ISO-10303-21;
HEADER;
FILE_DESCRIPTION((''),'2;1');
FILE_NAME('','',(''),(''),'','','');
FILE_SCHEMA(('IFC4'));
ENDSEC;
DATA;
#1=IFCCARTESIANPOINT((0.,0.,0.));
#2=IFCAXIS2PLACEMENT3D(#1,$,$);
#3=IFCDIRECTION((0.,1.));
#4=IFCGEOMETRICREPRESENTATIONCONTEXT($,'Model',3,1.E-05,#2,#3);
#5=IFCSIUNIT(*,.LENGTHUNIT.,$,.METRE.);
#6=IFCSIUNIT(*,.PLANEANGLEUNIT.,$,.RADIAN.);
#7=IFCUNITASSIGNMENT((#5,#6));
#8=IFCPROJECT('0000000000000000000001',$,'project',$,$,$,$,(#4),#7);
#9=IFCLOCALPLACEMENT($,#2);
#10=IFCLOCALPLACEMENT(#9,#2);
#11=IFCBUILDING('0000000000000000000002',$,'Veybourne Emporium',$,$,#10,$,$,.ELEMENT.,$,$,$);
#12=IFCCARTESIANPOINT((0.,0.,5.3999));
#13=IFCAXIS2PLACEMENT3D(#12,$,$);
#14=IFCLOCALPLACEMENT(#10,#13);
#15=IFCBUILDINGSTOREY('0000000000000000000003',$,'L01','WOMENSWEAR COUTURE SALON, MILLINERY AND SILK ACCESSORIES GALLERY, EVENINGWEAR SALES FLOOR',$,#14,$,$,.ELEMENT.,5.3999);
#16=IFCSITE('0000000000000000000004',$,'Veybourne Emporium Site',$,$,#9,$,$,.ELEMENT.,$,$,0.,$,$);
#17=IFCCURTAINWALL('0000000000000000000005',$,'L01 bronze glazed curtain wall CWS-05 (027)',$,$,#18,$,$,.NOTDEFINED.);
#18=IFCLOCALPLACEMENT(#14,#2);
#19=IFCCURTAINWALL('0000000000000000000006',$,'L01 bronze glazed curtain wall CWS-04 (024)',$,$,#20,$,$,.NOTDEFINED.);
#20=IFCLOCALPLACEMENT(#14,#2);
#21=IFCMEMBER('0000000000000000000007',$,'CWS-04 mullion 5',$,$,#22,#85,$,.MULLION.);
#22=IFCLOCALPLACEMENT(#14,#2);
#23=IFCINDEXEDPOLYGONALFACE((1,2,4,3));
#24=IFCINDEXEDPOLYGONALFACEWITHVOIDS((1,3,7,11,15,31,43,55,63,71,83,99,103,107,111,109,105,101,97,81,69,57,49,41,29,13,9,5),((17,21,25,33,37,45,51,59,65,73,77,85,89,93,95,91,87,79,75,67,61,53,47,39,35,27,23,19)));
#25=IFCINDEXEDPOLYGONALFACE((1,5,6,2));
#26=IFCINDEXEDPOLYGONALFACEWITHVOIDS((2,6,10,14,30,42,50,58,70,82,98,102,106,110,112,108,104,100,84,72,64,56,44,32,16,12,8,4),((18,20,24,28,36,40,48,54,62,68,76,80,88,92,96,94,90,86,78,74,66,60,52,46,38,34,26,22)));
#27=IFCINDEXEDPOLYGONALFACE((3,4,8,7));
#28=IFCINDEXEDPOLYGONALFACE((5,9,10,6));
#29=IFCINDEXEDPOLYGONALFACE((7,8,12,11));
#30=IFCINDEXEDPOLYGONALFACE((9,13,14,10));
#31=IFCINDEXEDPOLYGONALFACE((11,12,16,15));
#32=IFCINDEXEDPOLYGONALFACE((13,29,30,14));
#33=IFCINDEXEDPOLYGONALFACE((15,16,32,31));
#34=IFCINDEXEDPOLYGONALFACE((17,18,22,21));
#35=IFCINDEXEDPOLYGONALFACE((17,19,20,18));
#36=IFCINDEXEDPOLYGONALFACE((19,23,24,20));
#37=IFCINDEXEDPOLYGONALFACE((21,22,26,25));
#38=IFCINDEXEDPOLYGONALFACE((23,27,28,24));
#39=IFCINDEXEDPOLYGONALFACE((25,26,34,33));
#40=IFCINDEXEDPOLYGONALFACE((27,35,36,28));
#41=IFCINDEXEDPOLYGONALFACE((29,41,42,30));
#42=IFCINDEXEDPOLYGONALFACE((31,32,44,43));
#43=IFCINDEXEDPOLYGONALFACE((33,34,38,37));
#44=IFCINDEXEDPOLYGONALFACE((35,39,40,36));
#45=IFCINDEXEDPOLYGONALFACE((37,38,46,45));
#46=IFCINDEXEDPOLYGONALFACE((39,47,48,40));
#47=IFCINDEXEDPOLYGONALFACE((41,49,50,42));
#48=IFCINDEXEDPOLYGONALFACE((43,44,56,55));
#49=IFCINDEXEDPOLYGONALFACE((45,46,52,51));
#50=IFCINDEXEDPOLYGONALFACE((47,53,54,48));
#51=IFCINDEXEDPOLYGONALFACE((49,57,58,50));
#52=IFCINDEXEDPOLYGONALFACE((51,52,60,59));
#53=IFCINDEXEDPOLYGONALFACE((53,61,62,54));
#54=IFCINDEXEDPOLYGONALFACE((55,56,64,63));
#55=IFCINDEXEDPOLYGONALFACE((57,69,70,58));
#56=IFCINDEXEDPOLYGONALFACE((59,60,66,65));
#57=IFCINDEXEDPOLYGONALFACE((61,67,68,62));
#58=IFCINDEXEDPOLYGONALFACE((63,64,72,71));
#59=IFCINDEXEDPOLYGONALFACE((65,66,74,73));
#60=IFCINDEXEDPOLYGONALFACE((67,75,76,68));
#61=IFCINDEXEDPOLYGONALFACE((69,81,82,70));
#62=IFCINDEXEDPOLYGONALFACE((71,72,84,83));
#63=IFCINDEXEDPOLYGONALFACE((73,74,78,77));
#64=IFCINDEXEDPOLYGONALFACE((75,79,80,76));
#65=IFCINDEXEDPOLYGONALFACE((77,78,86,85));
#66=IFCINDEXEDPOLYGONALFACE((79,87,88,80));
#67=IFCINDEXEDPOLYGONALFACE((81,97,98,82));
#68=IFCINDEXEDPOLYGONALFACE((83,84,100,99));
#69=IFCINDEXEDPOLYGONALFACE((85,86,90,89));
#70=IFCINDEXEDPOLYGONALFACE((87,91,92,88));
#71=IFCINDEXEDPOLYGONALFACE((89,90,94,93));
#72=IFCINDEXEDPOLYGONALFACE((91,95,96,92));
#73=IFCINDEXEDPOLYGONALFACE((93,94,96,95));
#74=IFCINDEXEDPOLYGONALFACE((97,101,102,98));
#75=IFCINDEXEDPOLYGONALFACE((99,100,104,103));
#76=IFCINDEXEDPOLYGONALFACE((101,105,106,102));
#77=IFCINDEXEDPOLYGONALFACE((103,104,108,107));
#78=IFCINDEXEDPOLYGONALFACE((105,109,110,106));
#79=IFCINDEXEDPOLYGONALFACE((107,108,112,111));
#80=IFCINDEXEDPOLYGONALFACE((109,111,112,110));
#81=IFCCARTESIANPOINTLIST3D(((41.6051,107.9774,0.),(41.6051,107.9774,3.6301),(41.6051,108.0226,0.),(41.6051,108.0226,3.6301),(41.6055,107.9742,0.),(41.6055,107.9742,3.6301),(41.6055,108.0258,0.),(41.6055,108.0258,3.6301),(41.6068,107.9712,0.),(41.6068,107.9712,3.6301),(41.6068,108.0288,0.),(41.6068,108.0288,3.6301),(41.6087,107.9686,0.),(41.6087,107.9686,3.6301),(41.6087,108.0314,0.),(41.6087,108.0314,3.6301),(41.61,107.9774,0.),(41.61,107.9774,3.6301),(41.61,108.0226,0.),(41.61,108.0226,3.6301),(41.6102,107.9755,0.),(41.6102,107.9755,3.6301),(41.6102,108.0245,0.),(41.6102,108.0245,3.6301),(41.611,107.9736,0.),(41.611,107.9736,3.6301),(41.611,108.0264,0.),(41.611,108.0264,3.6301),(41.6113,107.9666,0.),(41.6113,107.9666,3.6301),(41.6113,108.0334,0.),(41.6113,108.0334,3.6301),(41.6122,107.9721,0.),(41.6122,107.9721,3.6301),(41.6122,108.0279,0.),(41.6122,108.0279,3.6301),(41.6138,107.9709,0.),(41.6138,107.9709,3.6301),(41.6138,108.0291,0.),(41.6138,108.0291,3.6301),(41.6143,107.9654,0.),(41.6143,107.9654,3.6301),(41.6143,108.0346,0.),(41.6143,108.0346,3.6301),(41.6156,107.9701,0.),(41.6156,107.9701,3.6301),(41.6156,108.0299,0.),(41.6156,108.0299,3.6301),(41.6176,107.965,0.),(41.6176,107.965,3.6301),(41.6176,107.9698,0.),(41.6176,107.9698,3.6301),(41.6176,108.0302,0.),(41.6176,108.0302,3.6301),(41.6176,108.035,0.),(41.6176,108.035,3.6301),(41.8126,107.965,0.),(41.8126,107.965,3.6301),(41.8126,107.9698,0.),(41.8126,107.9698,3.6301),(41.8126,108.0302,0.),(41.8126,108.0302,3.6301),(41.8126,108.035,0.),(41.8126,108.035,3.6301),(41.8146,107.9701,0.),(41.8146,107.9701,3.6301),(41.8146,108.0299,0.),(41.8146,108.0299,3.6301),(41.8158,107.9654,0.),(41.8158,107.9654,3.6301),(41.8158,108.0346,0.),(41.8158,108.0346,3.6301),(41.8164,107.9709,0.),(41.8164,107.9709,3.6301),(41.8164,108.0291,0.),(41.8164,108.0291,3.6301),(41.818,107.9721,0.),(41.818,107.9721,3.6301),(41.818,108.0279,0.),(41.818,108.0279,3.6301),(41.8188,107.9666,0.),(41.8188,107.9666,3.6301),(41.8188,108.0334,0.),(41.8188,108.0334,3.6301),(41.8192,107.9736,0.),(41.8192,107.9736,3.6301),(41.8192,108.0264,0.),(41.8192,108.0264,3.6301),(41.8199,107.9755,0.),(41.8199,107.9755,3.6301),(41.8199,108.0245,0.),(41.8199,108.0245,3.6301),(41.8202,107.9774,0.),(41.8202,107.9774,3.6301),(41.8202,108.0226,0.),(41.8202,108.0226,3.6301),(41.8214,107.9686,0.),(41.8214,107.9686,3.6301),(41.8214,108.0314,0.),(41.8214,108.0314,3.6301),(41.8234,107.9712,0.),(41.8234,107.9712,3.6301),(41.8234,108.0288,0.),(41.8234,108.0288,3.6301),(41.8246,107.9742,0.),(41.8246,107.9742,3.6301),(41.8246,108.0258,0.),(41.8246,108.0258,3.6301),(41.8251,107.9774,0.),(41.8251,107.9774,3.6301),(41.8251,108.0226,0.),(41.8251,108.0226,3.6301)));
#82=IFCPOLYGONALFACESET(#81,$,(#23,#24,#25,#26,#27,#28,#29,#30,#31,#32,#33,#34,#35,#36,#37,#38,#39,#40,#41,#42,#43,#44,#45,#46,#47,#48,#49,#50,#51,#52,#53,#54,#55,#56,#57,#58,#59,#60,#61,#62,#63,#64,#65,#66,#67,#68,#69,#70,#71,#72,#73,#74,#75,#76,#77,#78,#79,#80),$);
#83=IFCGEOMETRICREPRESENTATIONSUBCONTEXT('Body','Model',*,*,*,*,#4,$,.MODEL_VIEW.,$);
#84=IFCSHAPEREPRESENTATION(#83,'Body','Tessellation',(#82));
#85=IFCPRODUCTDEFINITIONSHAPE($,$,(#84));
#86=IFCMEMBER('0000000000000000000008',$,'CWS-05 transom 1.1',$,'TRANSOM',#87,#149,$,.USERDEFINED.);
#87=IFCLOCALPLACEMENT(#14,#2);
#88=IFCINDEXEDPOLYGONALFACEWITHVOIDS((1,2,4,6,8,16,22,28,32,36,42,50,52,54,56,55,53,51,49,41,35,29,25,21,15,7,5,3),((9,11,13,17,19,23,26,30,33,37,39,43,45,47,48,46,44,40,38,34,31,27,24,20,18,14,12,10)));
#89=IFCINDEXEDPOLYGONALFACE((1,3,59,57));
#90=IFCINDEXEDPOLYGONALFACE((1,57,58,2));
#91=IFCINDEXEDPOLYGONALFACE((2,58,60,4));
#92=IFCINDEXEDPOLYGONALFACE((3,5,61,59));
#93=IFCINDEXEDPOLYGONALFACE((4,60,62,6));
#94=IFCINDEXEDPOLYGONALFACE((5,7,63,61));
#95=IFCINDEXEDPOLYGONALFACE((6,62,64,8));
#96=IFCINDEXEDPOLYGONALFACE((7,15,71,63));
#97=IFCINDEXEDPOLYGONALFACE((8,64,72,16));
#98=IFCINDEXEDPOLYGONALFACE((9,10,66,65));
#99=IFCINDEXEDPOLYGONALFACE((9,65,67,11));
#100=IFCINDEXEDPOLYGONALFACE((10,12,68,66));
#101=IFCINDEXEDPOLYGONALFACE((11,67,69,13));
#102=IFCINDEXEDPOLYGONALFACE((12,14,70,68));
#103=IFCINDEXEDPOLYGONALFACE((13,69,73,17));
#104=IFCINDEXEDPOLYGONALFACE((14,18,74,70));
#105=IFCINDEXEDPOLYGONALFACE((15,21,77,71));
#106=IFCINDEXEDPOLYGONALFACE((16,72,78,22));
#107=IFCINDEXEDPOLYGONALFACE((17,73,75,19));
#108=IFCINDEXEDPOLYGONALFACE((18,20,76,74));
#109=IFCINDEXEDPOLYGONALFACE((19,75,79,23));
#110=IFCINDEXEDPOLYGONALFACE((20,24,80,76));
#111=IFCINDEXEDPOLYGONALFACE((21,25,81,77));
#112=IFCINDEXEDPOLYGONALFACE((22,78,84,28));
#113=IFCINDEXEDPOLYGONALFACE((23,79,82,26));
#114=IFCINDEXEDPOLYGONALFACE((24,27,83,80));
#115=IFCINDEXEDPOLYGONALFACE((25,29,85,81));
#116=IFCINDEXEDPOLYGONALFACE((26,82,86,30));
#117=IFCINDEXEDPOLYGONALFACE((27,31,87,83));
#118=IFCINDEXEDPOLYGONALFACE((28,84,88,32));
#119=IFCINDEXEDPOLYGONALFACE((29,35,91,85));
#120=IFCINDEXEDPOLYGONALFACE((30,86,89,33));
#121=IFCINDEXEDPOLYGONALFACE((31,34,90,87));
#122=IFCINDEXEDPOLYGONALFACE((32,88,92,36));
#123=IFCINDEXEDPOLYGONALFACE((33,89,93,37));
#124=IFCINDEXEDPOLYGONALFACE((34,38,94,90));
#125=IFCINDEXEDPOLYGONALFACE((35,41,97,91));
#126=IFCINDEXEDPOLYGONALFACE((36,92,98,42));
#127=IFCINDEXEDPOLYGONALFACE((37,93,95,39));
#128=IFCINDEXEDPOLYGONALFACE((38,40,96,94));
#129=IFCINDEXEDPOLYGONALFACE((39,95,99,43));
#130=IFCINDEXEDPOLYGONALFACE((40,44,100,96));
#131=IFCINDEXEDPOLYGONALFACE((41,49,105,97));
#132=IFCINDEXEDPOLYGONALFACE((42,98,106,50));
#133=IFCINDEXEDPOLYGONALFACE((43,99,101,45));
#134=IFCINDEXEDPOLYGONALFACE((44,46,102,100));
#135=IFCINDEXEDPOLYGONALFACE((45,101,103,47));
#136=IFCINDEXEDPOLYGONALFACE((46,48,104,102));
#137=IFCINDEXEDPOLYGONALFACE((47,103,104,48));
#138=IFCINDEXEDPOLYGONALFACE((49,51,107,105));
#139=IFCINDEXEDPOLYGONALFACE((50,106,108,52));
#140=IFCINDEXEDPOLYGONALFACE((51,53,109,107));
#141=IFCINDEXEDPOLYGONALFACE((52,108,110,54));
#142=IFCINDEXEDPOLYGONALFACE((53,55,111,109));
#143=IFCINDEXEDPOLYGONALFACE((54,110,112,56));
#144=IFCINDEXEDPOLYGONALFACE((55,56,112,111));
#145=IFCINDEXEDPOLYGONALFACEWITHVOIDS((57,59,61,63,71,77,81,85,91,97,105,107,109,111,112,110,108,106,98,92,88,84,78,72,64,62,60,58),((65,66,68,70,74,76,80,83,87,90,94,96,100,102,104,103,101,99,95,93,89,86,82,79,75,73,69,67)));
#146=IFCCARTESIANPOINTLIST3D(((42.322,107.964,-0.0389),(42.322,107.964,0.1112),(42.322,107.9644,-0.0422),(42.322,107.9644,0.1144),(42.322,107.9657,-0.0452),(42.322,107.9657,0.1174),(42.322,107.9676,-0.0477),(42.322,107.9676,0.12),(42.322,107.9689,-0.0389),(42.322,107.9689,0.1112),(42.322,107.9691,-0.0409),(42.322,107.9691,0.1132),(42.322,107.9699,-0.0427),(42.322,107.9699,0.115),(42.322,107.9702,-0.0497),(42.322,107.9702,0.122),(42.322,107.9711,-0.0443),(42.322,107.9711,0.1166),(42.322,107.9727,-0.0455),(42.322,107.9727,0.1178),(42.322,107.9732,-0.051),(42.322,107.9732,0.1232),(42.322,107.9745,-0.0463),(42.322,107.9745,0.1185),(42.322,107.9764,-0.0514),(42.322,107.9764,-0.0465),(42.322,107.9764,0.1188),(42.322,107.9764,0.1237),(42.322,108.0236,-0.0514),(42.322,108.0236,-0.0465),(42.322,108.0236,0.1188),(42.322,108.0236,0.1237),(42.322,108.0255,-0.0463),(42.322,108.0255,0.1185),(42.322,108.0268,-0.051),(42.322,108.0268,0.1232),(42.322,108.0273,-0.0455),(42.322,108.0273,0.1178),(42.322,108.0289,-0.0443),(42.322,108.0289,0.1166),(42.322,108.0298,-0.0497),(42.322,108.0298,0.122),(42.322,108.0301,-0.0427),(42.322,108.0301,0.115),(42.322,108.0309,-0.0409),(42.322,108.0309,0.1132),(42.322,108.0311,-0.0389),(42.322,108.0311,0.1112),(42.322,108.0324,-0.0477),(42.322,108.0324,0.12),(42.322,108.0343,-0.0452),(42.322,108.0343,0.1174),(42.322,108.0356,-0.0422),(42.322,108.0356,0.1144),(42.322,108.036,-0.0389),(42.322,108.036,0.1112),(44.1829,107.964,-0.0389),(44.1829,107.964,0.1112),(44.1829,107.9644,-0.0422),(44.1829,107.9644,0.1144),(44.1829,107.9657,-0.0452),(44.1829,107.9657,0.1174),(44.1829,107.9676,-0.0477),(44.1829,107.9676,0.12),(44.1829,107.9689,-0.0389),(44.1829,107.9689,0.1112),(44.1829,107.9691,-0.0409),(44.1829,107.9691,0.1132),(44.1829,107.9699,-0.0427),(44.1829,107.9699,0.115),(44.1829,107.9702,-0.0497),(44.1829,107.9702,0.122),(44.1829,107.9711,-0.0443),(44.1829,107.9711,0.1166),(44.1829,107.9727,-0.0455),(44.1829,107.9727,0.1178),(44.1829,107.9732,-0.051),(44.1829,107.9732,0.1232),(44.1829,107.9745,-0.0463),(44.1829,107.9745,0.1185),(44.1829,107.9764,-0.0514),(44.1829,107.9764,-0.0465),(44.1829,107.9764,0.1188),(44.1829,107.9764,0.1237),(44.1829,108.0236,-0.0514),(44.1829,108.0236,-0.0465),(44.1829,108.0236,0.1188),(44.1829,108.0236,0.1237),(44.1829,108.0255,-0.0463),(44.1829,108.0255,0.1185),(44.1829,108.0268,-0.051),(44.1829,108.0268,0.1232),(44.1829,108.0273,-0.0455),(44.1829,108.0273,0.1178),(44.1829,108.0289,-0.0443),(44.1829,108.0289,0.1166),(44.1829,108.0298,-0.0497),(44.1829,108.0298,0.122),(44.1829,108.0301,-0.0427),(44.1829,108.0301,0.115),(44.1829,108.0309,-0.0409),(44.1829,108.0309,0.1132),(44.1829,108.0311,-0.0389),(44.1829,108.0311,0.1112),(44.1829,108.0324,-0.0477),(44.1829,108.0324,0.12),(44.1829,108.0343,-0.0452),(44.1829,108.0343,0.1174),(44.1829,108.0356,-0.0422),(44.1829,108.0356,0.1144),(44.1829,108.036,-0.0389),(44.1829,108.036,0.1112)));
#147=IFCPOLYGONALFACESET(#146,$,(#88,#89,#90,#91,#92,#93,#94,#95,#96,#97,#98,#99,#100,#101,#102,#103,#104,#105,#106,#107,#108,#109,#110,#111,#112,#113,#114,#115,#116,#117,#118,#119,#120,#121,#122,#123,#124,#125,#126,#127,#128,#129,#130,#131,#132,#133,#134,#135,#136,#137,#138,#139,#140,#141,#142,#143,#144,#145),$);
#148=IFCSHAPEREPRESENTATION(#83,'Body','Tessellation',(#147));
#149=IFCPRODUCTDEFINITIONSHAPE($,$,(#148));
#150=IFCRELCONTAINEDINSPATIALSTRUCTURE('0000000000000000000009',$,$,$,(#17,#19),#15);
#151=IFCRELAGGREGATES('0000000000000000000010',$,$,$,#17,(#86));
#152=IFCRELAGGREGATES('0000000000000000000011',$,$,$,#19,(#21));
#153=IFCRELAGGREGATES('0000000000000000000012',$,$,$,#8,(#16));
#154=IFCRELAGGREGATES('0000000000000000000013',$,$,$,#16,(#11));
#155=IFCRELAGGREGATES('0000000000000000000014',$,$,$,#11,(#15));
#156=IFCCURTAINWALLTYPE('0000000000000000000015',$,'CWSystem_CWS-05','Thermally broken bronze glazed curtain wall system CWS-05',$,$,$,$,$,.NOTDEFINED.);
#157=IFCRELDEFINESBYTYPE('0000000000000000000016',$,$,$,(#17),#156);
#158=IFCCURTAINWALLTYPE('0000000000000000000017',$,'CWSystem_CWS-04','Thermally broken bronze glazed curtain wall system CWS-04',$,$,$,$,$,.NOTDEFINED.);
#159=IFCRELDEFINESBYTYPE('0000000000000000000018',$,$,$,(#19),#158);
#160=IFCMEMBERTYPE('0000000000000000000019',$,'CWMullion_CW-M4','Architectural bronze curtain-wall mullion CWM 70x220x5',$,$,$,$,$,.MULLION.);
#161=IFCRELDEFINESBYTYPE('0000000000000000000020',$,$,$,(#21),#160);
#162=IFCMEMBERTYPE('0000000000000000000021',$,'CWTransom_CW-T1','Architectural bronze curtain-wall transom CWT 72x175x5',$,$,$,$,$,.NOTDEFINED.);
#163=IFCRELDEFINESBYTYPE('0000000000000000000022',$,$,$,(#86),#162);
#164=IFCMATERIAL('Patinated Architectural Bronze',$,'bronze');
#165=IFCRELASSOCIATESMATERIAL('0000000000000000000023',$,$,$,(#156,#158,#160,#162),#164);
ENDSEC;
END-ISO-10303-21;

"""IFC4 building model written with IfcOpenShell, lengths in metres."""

from ifc_helpers import new_model, si_unit, direction, frame, origin, origin_2d, place, context, subcontext, project, spatial, hollow_rectangle, extrude, material, material_profile, profile_set, type_object, element, aggregate, save


model = new_model("IFC4")

# Units and contexts
model_context = context("Model", 3, precision=1e-05, world=origin(), true_north=direction((0.0, 1.0)))
body_context = subcontext(model_context, "Body", "Model", "MODEL_VIEW")
ifc_project = project(units=[si_unit("LENGTHUNIT", "METRE"), si_unit("PLANEANGLEUNIT", "RADIAN")], contexts=[model_context])

# Site, building, storey
site_placement = place(None, origin())
site = spatial("IfcSite", under=ifc_project, at=site_placement, Name="Veybourne Emporium Site", CompositionType="ELEMENT", RefElevation=0.0)
building_placement = place(site_placement, origin())
building = spatial("IfcBuilding", under=site, at=building_placement, Name="Veybourne Emporium", CompositionType="ELEMENT")
storey_placement = place(building_placement, frame((0.0, 0.0, 5.3999)))
storey = spatial("IfcBuildingStorey", under=building, at=storey_placement, Name="L01", Description="WOMENSWEAR COUTURE SALON, MILLINERY AND SILK ACCESSORIES GALLERY, EVENINGWEAR SALES FLOOR", CompositionType="ELEMENT", Elevation=5.3999)

# Curtain wall
ifc_material_1 = material(Name="Patinated Architectural Bronze", Category="bronze")
curtain_wall_type_1 = type_object("IfcCurtainWallType", Name="CWSystem_CWS-05", Description="Thermally broken bronze glazed curtain wall system CWS-05", PredefinedType="NOTDEFINED", material=ifc_material_1)
curtain_wall_1_placement = place(storey_placement, origin())
curtain_wall_1 = element("IfcCurtainWall", 1, at=curtain_wall_1_placement, inside=storey, type_object=curtain_wall_type_1, Name="L01 bronze glazed curtain wall CWS-05 (027)", PredefinedType="NOTDEFINED")

# Curtain wall, member
curtain_wall_type_2 = type_object("IfcCurtainWallType", Name="CWSystem_CWS-04", Description="Thermally broken bronze glazed curtain wall system CWS-04", PredefinedType="NOTDEFINED", material=ifc_material_1)
curtain_wall_2_placement = place(storey_placement, origin())
curtain_wall_2 = element("IfcCurtainWall", 2, at=curtain_wall_2_placement, inside=storey, type_object=curtain_wall_type_2, Name="L01 bronze glazed curtain wall CWS-04 (024)", PredefinedType="NOTDEFINED")
ifc_material_profile_1 = material_profile(ifc_material_1, hollow_rectangle(XDim=0.0701, YDim=0.22, WallThickness=0.0049, InnerFilletRadius=0.0076, OuterFilletRadius=0.0125, at=origin_2d()), Name="CWM 70x220x5")
ifc_profile_set_1 = profile_set([ifc_material_profile_1], Name="Patinated Architectural Bronze")
member_type_1 = type_object("IfcMemberType", Name="CWMullion_CW-M4", Description="Architectural bronze curtain-wall mullion CWM 70x220x5", PredefinedType="MULLION", material=ifc_profile_set_1)
member_1_placement = place(storey_placement, frame((41.7151, 108.0, 0.0), z_axis=(0.0, 0.0, 1.0), x_axis=(0.0, 1.0, 0.0)))
member_1 = element("IfcMember", 3, at=member_1_placement, type_object=member_type_1, Name="CWS-04 mullion 5", PredefinedType="MULLION", context=body_context, shape_type="SweptSolid", body=[
    extrude(hollow_rectangle(XDim=0.0701, YDim=0.22, WallThickness=0.0049, InnerFilletRadius=0.0076, OuterFilletRadius=0.0125, at=origin_2d()), origin(), (0.0, 0.0, 1.0), 3.6301),
])

# Member
ifc_material_profile_2 = material_profile(ifc_material_1, hollow_rectangle(XDim=0.072, YDim=0.175, WallThickness=0.0049, InnerFilletRadius=0.0076, OuterFilletRadius=0.0125, at=origin_2d()), Name="CWT 72x175x5")
ifc_profile_set_2 = profile_set([ifc_material_profile_2], Name="Patinated Architectural Bronze")
member_type_2 = type_object("IfcMemberType", Name="CWTransom_CW-T1", Description="Architectural bronze curtain-wall transom CWT 72x175x5", PredefinedType="NOTDEFINED", material=ifc_profile_set_2)
member_2_placement = place(storey_placement, frame((42.322, 108.0, 0.0361), z_axis=(1.0, 0.0, 0.0), x_axis=(0.0, 1.0, 0.0)))
member_2 = element("IfcMember", 4, at=member_2_placement, type_object=member_type_2, Name="CWS-05 transom 1.1", ObjectType="TRANSOM", PredefinedType="USERDEFINED", context=body_context, shape_type="SweptSolid", body=[
    extrude(hollow_rectangle(XDim=0.072, YDim=0.175, WallThickness=0.0049, InnerFilletRadius=0.0076, OuterFilletRadius=0.0125, at=origin_2d()), origin(), (0.0, 0.0, 1.0), 1.8608),
])
aggregate(curtain_wall_1, [member_2])

aggregate(curtain_wall_2, [member_1])

save(model, "model.ifc")
